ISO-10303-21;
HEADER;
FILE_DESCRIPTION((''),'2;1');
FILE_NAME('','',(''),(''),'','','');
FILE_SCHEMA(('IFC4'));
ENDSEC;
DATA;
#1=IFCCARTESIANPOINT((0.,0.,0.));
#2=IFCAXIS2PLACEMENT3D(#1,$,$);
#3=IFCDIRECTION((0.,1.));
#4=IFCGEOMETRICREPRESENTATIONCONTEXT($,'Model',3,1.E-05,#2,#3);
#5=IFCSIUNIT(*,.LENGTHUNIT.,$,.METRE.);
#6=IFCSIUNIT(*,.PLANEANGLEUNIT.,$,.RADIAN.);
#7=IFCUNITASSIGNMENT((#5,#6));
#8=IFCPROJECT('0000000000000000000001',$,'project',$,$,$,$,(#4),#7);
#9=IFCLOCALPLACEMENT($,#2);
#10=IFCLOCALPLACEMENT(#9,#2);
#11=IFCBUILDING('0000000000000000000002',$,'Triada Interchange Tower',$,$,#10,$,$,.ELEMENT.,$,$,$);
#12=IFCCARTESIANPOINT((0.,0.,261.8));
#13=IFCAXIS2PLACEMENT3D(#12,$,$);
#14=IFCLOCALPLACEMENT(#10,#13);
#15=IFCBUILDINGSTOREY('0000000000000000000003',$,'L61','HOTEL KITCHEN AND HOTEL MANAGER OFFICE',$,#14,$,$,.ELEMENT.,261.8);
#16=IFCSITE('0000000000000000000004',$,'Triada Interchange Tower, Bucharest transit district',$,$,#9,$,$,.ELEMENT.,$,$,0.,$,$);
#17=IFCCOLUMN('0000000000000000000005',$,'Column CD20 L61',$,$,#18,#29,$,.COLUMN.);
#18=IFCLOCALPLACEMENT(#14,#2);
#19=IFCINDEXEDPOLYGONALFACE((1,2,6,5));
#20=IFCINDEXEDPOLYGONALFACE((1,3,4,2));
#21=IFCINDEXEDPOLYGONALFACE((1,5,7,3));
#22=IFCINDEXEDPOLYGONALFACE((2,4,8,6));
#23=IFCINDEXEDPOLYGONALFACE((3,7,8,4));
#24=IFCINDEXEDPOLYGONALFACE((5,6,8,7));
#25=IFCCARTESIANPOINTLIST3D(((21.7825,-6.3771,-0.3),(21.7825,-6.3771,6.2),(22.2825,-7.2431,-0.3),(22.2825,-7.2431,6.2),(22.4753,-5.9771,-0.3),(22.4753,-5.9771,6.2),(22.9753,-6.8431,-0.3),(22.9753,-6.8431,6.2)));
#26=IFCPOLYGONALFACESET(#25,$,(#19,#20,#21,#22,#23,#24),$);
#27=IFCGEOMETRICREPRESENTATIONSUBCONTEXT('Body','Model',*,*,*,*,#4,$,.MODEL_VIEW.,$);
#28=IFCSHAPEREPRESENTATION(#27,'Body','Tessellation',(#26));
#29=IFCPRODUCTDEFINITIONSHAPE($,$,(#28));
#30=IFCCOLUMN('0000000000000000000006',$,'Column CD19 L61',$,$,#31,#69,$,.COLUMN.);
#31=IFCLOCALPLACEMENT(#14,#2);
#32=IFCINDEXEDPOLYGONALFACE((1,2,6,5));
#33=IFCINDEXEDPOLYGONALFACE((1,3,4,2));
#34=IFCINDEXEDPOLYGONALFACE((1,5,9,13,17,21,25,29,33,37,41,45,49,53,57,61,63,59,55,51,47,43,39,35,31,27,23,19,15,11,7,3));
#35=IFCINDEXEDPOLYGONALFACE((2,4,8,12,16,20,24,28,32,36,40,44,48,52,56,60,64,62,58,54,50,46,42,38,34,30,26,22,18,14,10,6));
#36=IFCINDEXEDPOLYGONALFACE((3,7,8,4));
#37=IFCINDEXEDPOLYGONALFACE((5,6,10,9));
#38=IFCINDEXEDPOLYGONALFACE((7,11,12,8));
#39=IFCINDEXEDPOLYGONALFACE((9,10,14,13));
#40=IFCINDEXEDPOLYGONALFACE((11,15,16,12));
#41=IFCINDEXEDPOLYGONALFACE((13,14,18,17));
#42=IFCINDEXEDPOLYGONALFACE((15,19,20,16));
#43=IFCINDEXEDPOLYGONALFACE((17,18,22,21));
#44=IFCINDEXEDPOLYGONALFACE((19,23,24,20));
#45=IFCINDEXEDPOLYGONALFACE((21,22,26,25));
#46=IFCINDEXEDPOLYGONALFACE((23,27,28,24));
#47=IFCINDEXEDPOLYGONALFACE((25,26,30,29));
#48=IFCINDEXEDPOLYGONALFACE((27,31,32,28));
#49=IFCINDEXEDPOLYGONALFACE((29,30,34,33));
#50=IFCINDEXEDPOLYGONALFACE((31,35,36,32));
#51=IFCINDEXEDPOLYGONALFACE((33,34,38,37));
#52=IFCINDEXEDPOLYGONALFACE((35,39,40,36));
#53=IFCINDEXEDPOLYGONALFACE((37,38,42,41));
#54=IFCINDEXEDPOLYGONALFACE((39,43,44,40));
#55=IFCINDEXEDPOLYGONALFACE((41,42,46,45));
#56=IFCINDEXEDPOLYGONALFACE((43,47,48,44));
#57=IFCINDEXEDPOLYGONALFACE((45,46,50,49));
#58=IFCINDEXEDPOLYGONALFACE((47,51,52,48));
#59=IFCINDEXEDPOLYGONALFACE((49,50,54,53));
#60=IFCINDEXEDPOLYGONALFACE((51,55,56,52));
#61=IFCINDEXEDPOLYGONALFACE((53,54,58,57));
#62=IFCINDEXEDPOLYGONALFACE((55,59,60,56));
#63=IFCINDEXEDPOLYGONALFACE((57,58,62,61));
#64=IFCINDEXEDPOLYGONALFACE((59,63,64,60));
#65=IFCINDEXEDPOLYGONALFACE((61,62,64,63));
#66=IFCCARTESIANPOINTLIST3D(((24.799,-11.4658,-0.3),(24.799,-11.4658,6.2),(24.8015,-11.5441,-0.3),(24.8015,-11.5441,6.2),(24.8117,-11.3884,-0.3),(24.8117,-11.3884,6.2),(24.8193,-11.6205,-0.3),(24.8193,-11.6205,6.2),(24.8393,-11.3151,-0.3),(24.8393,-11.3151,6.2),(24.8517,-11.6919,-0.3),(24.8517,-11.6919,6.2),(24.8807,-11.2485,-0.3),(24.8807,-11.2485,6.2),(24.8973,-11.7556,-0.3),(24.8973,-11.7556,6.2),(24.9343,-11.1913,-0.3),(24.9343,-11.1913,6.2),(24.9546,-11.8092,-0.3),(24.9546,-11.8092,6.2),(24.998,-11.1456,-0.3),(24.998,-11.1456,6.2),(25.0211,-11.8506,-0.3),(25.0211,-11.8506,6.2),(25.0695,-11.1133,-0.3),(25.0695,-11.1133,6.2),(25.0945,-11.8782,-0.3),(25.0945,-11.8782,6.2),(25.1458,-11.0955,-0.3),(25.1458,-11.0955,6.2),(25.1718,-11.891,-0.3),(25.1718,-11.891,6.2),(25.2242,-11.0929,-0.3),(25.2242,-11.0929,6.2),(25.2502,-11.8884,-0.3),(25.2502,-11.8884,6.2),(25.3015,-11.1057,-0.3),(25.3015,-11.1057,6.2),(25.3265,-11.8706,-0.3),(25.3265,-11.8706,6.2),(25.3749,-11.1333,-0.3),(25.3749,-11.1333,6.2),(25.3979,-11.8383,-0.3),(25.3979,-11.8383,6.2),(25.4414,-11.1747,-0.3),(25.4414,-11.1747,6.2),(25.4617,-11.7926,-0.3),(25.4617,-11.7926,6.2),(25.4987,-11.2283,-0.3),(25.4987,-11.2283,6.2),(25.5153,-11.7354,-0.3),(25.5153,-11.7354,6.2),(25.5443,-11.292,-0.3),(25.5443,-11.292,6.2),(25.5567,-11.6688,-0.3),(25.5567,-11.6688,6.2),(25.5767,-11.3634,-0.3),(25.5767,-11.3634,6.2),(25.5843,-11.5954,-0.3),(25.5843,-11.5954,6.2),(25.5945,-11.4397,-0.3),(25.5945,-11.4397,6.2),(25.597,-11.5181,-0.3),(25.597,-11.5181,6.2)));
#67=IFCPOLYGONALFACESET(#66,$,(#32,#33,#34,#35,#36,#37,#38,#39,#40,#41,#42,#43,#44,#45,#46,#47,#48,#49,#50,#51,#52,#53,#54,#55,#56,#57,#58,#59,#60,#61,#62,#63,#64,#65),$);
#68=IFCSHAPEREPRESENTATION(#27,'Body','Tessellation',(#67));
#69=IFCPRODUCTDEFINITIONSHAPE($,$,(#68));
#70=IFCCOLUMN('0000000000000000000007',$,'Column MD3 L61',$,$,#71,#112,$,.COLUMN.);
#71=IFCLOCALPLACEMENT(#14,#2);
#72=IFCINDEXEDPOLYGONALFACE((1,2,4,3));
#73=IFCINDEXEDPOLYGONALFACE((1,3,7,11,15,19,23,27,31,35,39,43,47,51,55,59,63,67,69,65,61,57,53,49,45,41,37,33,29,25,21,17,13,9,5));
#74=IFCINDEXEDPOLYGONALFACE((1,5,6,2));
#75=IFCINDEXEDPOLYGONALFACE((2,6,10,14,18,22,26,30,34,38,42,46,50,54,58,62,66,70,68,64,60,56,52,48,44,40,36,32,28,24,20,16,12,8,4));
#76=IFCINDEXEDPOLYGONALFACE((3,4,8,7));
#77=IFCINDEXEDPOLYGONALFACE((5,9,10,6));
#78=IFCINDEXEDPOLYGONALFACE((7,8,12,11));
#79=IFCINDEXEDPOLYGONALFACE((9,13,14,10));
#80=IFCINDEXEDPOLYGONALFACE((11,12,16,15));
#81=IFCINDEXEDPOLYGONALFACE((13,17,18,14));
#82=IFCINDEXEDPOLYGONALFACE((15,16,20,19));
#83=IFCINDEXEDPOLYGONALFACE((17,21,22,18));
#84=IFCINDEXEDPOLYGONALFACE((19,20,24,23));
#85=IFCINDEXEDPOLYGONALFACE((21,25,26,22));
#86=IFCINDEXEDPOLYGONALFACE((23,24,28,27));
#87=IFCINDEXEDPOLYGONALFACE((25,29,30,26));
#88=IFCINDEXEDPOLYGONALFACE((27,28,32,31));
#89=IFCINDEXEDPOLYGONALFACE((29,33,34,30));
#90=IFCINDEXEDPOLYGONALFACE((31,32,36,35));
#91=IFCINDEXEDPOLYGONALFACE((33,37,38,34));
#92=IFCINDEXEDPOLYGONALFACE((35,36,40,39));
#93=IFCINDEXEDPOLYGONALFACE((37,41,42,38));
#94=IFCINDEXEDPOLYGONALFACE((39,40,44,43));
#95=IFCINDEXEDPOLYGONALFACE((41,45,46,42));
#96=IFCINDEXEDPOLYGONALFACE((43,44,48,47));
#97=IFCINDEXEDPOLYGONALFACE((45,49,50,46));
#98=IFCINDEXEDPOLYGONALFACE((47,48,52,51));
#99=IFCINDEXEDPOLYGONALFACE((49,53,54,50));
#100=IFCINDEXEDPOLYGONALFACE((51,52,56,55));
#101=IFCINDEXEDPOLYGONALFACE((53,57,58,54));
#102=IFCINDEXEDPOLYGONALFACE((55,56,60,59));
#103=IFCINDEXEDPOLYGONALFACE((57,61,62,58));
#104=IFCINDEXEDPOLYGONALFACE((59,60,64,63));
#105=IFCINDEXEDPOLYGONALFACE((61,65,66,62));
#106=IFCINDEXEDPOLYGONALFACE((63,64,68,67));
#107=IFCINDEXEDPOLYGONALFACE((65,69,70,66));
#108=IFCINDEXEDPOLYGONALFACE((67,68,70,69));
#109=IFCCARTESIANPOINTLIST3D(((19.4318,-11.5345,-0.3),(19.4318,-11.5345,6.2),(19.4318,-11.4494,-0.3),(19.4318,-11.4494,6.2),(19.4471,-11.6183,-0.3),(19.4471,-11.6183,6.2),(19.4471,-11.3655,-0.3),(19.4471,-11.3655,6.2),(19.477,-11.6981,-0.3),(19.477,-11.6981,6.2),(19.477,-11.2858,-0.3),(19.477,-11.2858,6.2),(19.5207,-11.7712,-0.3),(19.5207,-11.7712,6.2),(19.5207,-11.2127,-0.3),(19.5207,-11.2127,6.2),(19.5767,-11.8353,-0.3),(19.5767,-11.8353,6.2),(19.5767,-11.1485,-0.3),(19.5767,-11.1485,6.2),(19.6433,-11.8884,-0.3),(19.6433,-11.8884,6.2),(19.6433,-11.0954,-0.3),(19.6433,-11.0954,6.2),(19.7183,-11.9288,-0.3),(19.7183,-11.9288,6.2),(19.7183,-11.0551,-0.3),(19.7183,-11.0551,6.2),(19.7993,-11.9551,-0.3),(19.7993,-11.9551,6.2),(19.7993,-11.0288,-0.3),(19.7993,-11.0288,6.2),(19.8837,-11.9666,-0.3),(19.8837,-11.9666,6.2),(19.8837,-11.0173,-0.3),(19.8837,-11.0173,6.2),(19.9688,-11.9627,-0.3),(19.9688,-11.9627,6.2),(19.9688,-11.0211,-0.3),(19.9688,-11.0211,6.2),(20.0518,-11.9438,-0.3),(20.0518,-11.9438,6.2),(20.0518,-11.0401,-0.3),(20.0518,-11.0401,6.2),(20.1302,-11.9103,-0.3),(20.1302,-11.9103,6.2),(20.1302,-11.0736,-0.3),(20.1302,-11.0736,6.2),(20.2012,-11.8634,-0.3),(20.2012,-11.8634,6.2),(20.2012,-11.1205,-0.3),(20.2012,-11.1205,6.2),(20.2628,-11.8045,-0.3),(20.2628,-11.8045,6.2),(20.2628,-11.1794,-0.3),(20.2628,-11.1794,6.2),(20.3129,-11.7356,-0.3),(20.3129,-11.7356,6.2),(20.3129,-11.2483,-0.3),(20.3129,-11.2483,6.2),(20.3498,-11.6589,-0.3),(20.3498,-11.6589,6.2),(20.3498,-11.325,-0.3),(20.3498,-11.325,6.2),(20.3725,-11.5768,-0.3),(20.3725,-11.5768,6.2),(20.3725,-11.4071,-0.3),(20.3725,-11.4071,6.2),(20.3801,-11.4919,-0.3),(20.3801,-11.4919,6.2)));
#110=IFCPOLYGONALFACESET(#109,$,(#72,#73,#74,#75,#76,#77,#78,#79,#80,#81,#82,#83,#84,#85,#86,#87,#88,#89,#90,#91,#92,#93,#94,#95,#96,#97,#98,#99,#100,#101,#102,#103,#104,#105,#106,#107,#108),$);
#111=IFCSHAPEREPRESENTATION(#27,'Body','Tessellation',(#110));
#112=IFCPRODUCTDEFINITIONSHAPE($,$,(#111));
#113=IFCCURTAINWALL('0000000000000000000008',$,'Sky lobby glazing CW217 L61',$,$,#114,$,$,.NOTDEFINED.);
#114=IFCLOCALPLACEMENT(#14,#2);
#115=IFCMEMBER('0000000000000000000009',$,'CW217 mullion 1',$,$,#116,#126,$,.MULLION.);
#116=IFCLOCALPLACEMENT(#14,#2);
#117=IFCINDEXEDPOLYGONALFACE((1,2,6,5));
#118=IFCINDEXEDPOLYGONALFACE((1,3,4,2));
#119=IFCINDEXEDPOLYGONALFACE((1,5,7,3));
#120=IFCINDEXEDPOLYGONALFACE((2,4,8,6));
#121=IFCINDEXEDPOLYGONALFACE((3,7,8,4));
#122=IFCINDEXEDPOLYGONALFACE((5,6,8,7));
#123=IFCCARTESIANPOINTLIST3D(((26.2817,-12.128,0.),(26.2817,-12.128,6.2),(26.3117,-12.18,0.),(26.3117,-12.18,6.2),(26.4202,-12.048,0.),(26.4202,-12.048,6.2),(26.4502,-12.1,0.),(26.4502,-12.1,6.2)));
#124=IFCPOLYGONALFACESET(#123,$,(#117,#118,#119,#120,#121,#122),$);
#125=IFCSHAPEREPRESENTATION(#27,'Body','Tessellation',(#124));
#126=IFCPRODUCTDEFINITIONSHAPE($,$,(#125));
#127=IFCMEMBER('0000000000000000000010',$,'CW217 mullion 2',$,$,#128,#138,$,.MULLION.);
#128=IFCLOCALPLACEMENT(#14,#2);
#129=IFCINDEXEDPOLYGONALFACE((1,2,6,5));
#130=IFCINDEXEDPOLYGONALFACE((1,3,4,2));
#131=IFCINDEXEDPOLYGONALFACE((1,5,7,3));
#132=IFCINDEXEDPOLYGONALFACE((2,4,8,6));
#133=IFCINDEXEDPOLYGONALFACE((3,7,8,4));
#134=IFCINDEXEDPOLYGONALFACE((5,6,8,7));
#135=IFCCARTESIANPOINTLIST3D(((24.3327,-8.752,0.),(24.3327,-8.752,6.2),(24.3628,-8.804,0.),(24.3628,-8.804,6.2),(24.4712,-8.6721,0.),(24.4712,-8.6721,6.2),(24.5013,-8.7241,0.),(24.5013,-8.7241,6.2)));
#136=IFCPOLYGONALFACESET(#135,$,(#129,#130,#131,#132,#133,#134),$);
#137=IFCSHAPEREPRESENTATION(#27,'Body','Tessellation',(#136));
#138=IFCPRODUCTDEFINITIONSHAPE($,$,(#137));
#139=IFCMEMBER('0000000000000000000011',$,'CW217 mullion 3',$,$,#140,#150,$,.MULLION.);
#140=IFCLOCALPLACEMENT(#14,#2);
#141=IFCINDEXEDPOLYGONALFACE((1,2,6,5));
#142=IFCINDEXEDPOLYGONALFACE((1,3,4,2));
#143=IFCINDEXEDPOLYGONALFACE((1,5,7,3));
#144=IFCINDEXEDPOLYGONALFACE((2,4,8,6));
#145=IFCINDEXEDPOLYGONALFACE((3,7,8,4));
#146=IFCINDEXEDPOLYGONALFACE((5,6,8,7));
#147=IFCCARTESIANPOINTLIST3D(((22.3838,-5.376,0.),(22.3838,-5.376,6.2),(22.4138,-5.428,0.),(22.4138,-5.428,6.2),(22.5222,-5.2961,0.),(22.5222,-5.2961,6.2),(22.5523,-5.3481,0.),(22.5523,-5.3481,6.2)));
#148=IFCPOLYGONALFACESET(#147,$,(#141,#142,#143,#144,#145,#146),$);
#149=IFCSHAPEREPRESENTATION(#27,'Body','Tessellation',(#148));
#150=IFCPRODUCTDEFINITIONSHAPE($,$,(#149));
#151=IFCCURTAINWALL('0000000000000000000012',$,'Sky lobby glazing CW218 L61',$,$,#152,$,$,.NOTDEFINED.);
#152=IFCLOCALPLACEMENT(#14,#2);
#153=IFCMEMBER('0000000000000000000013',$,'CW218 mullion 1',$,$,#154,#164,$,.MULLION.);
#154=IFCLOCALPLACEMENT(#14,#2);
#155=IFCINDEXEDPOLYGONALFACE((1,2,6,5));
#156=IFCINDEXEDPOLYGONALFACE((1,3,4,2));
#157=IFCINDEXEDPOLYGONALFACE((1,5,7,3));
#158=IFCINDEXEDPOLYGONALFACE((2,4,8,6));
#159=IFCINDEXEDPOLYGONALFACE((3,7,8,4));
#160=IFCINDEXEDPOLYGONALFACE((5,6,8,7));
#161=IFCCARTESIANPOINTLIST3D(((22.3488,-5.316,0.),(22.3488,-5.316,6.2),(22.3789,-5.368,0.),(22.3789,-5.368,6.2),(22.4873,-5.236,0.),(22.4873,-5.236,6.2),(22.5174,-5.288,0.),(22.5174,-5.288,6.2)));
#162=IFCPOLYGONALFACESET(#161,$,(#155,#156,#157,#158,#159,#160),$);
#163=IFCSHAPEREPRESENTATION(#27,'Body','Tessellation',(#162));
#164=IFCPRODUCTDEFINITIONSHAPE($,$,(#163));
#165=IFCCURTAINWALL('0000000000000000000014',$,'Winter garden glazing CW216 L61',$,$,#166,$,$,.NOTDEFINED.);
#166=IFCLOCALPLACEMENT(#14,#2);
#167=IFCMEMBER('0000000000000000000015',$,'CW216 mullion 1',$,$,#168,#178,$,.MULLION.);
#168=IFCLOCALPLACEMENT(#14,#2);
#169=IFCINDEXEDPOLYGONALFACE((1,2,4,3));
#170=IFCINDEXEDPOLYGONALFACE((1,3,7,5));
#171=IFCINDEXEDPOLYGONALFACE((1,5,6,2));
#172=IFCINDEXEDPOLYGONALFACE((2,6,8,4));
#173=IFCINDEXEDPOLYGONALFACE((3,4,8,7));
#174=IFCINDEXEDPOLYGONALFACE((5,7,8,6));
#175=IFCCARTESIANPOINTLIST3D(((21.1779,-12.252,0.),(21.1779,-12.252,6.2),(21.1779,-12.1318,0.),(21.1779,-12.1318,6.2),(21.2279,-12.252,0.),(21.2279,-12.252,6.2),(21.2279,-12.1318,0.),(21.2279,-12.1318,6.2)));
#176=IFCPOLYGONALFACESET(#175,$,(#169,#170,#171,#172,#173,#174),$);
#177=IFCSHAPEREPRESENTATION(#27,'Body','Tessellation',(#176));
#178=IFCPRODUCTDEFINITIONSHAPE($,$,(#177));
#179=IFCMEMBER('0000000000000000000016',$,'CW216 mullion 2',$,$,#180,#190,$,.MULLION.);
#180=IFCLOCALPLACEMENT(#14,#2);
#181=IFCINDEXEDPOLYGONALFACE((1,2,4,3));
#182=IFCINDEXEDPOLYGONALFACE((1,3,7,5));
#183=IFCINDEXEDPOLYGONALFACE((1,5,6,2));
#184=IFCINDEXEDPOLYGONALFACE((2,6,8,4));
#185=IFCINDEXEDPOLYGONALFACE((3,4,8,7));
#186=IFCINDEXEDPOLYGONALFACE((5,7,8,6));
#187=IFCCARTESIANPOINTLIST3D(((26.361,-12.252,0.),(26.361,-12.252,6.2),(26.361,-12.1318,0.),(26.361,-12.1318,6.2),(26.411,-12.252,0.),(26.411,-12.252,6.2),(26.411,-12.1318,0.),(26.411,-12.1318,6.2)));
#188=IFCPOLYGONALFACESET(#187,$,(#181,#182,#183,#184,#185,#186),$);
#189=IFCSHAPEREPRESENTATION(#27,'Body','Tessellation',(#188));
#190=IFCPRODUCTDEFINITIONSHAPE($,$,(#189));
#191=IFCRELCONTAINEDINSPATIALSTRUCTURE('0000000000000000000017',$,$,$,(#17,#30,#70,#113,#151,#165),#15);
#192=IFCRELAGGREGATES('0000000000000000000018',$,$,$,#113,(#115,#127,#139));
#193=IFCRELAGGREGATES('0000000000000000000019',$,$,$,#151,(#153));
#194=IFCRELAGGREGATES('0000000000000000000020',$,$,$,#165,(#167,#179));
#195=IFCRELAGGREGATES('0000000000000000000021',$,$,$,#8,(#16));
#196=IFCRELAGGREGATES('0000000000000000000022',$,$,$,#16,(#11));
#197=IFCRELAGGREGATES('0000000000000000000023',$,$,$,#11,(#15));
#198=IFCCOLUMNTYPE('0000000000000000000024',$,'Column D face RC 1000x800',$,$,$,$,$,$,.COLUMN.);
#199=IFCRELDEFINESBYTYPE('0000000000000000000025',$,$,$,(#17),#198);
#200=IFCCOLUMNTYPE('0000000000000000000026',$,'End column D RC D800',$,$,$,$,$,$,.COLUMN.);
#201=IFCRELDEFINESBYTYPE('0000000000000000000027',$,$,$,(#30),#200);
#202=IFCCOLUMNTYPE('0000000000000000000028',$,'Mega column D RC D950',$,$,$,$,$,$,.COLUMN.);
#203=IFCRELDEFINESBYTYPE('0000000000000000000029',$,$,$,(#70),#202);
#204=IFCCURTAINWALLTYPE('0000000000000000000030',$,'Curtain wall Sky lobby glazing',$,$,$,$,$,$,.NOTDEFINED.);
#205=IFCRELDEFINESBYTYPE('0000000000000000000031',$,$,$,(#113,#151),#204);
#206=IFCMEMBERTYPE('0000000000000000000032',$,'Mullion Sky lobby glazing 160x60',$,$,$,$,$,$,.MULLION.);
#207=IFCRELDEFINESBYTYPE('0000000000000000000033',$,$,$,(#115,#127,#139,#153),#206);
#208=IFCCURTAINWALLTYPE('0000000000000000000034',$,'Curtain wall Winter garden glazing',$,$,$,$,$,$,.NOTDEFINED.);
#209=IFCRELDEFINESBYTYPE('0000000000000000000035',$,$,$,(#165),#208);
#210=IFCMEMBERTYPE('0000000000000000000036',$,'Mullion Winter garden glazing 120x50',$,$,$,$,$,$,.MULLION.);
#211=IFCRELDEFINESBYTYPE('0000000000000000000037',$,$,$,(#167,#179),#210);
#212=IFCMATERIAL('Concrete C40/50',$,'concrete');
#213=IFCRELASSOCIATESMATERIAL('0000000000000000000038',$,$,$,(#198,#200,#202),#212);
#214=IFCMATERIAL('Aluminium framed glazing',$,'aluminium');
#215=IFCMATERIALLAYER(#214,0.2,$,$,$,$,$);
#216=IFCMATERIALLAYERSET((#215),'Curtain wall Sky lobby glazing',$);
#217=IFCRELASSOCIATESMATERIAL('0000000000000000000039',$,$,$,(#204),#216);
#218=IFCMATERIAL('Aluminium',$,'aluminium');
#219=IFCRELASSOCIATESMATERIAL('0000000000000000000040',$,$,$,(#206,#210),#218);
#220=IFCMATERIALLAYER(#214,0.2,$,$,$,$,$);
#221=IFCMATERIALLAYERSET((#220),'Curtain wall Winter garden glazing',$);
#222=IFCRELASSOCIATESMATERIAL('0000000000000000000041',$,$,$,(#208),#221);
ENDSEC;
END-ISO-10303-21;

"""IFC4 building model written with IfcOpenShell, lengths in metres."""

from ifc_helpers import new_model, si_unit, direction, frame, origin, origin_2d, place, context, subcontext, project, spatial, rectangle, circle, extrude, material, layer, layer_set, material_profile, profile_set, type_object, element, aggregate, save


model = new_model("IFC4")

# Units and contexts
model_context = context("Model", 3, precision=1e-05, world=origin(), true_north=direction((0.0, 1.0)))
body_context = subcontext(model_context, "Body", "Model", "MODEL_VIEW")
ifc_project = project(units=[si_unit("LENGTHUNIT", "METRE"), si_unit("PLANEANGLEUNIT", "RADIAN")], contexts=[model_context])

# Site, building, storey
site_placement = place(None, origin())
site = spatial("IfcSite", under=ifc_project, at=site_placement, Name="Triada Interchange Tower, Bucharest transit district", CompositionType="ELEMENT", RefElevation=0.0)
building_placement = place(site_placement, origin())
building = spatial("IfcBuilding", under=site, at=building_placement, Name="Triada Interchange Tower", CompositionType="ELEMENT")
storey_placement = place(building_placement, frame((0.0, 0.0, 261.8)))
storey = spatial("IfcBuildingStorey", under=building, at=storey_placement, Name="L61", Description="HOTEL KITCHEN AND HOTEL MANAGER OFFICE", CompositionType="ELEMENT", Elevation=261.8)

# Columns
ifc_material_1 = material(Name="Concrete C40/50", Category="concrete")
ifc_material_profile_1 = material_profile(ifc_material_1, rectangle(XDim=1.0, YDim=0.8, at=origin_2d()), Name="RC 1000x800")
ifc_profile_set_1 = profile_set([ifc_material_profile_1], Name="Concrete C40/50")
column_type_1 = type_object("IfcColumnType", Name="Column D face RC 1000x800", PredefinedType="COLUMN", material=ifc_profile_set_1)
column_1_placement = place(storey_placement, frame((22.3789, -6.6101, -0.3), z_axis=(0.0, 0.0, 1.0), x_axis=(-0.5, 0.866025, 0.0)))
element("IfcColumn", 1, at=column_1_placement, inside=storey, type_object=column_type_1, Name="Column CD20 L61", PredefinedType="COLUMN", context=body_context, shape_type="SweptSolid", body=[
    extrude(rectangle(XDim=1.0, YDim=0.8, at=origin_2d()), origin(), (0.0, 0.0, 1.0), 6.5),
])
ifc_material_profile_2 = material_profile(ifc_material_1, circle(Radius=0.3999, at=origin_2d()), Name="RC D800")
ifc_profile_set_2 = profile_set([ifc_material_profile_2], Name="Concrete C40/50")
column_type_2 = type_object("IfcColumnType", Name="End column D RC D800", PredefinedType="COLUMN", material=ifc_profile_set_2)
column_2_placement = place(storey_placement, frame((25.198, -11.4919, -0.3), z_axis=(0.0, 0.0, 1.0), x_axis=(-0.5, 0.866025, 0.0)))
element("IfcColumn", 2, at=column_2_placement, inside=storey, type_object=column_type_2, Name="Column CD19 L61", PredefinedType="COLUMN", context=body_context, shape_type="SweptSolid", body=[
    extrude(circle(Radius=0.3999, at=origin_2d()), origin(), (0.0, 0.0, 1.0), 6.5),
])
ifc_material_profile_3 = material_profile(ifc_material_1, circle(Radius=0.4751, at=origin_2d()), Name="RC D950")
ifc_profile_set_3 = profile_set([ifc_material_profile_3], Name="Concrete C40/50")
column_type_3 = type_object("IfcColumnType", Name="Mega column D RC D950", PredefinedType="COLUMN", material=ifc_profile_set_3)
column_3_placement = place(storey_placement, frame((19.905, -11.4919, -0.3), z_axis=(0.0, 0.0, 1.0), x_axis=(1.0, 0.0, 0.0)))
element("IfcColumn", 3, at=column_3_placement, inside=storey, type_object=column_type_3, Name="Column MD3 L61", PredefinedType="COLUMN", context=body_context, shape_type="SweptSolid", body=[
    extrude(circle(Radius=0.4751, at=origin_2d()), origin(), (0.0, 0.0, 1.0), 6.5),
])

# Curtain wall, members
ifc_material_2 = material(Name="Aluminium framed glazing", Category="aluminium")
ifc_layer_1 = layer(ifc_material_2, 0.2)
ifc_layer_set_1 = layer_set([ifc_layer_1], Name="Curtain wall Sky lobby glazing")
curtain_wall_type_1 = type_object("IfcCurtainWallType", Name="Curtain wall Sky lobby glazing", PredefinedType="NOTDEFINED", material=ifc_layer_set_1)
curtain_wall_1_placement = place(storey_placement, origin())
curtain_wall_1 = element("IfcCurtainWall", 4, at=curtain_wall_1_placement, inside=storey, type_object=curtain_wall_type_1, Name="Sky lobby glazing CW217 L61", PredefinedType="NOTDEFINED")
ifc_material_3 = material(Name="Aluminium", Category="aluminium")
ifc_material_profile_4 = material_profile(ifc_material_3, rectangle(XDim=0.1599, YDim=0.0601, at=origin_2d()), Name="Aluminium mullion")
ifc_profile_set_4 = profile_set([ifc_material_profile_4], Name="Aluminium")
member_type_1 = type_object("IfcMemberType", Name="Mullion Sky lobby glazing 160x60", PredefinedType="MULLION", material=ifc_profile_set_4)
member_1_placement = place(storey_placement, frame((26.366, -12.114, 0.0), z_axis=(0.0, 0.0, 1.0), x_axis=(-0.866041, -0.499972, 0.0)))
member_1 = element("IfcMember", 5, at=member_1_placement, type_object=member_type_1, Name="CW217 mullion 1", PredefinedType="MULLION", context=body_context, shape_type="SweptSolid", body=[
    extrude(rectangle(XDim=0.1599, YDim=0.0601, at=origin_2d()), origin(), (0.0, 0.0, 1.0), 6.2),
])
member_2_placement = place(storey_placement, frame((24.417, -8.738, 0.0), z_axis=(0.0, 0.0, 1.0), x_axis=(-0.866041, -0.499972, 0.0)))
member_2 = element("IfcMember", 6, at=member_2_placement, type_object=member_type_1, Name="CW217 mullion 2", PredefinedType="MULLION", context=body_context, shape_type="SweptSolid", body=[
    extrude(rectangle(XDim=0.1599, YDim=0.0601, at=origin_2d()), origin(), (0.0, 0.0, 1.0), 6.2),
])
member_3_placement = place(storey_placement, frame((22.468, -5.3621, 0.0), z_axis=(0.0, 0.0, 1.0), x_axis=(-0.866041, -0.499972, 0.0)))
member_3 = element("IfcMember", 7, at=member_3_placement, type_object=member_type_1, Name="CW217 mullion 3", PredefinedType="MULLION", context=body_context, shape_type="SweptSolid", body=[
    extrude(rectangle(XDim=0.1599, YDim=0.0601, at=origin_2d()), origin(), (0.0, 0.0, 1.0), 6.2),
])

# Curtain wall, member
curtain_wall_2_placement = place(storey_placement, origin())
curtain_wall_2 = element("IfcCurtainWall", 8, at=curtain_wall_2_placement, inside=storey, type_object=curtain_wall_type_1, Name="Sky lobby glazing CW218 L61", PredefinedType="NOTDEFINED")
member_4_placement = place(storey_placement, frame((22.4331, -5.302, 0.0), z_axis=(0.0, 0.0, 1.0), x_axis=(-0.866026, -0.5, 0.0)))
member_4 = element("IfcMember", 9, at=member_4_placement, type_object=member_type_1, Name="CW218 mullion 1", PredefinedType="MULLION", context=body_context, shape_type="SweptSolid", body=[
    extrude(rectangle(XDim=0.1599, YDim=0.0601, at=origin_2d()), origin(), (0.0, 0.0, 1.0), 6.2),
])

# Curtain wall, members
ifc_layer_2 = layer(ifc_material_2, 0.2)
ifc_layer_set_2 = layer_set([ifc_layer_2], Name="Curtain wall Winter garden glazing")
curtain_wall_type_2 = type_object("IfcCurtainWallType", Name="Curtain wall Winter garden glazing", PredefinedType="NOTDEFINED", material=ifc_layer_set_2)
curtain_wall_3_placement = place(storey_placement, origin())
curtain_wall_3 = element("IfcCurtainWall", 10, at=curtain_wall_3_placement, inside=storey, type_object=curtain_wall_type_2, Name="Winter garden glazing CW216 L61", PredefinedType="NOTDEFINED")
ifc_material_profile_5 = material_profile(ifc_material_3, rectangle(XDim=0.1201, YDim=0.05, at=origin_2d()), Name="Aluminium mullion")
ifc_profile_set_5 = profile_set([ifc_material_profile_5], Name="Aluminium")
member_type_2 = type_object("IfcMemberType", Name="Mullion Winter garden glazing 120x50", PredefinedType="MULLION", material=ifc_profile_set_5)
member_5_placement = place(storey_placement, frame((21.2029, -12.1919, 0.0), z_axis=(0.0, 0.0, 1.0), x_axis=(0.0, 1.0, 0.0)))
member_5 = element("IfcMember", 11, at=member_5_placement, type_object=member_type_2, Name="CW216 mullion 1", PredefinedType="MULLION", context=body_context, shape_type="SweptSolid", body=[
    extrude(rectangle(XDim=0.1201, YDim=0.05, at=origin_2d()), origin(), (0.0, 0.0, 1.0), 6.2),
])
member_6_placement = place(storey_placement, frame((26.386, -12.1919, 0.0), z_axis=(0.0, 0.0, 1.0), x_axis=(0.0, 1.0, 0.0)))
member_6 = element("IfcMember", 12, at=member_6_placement, type_object=member_type_2, Name="CW216 mullion 2", PredefinedType="MULLION", context=body_context, shape_type="SweptSolid", body=[
    extrude(rectangle(XDim=0.1201, YDim=0.05, at=origin_2d()), origin(), (0.0, 0.0, 1.0), 6.2),
])

aggregate(curtain_wall_1, [member_1, member_2, member_3])
aggregate(curtain_wall_2, [member_4])
aggregate(curtain_wall_3, [member_5, member_6])

save(model, "model.ifc")
